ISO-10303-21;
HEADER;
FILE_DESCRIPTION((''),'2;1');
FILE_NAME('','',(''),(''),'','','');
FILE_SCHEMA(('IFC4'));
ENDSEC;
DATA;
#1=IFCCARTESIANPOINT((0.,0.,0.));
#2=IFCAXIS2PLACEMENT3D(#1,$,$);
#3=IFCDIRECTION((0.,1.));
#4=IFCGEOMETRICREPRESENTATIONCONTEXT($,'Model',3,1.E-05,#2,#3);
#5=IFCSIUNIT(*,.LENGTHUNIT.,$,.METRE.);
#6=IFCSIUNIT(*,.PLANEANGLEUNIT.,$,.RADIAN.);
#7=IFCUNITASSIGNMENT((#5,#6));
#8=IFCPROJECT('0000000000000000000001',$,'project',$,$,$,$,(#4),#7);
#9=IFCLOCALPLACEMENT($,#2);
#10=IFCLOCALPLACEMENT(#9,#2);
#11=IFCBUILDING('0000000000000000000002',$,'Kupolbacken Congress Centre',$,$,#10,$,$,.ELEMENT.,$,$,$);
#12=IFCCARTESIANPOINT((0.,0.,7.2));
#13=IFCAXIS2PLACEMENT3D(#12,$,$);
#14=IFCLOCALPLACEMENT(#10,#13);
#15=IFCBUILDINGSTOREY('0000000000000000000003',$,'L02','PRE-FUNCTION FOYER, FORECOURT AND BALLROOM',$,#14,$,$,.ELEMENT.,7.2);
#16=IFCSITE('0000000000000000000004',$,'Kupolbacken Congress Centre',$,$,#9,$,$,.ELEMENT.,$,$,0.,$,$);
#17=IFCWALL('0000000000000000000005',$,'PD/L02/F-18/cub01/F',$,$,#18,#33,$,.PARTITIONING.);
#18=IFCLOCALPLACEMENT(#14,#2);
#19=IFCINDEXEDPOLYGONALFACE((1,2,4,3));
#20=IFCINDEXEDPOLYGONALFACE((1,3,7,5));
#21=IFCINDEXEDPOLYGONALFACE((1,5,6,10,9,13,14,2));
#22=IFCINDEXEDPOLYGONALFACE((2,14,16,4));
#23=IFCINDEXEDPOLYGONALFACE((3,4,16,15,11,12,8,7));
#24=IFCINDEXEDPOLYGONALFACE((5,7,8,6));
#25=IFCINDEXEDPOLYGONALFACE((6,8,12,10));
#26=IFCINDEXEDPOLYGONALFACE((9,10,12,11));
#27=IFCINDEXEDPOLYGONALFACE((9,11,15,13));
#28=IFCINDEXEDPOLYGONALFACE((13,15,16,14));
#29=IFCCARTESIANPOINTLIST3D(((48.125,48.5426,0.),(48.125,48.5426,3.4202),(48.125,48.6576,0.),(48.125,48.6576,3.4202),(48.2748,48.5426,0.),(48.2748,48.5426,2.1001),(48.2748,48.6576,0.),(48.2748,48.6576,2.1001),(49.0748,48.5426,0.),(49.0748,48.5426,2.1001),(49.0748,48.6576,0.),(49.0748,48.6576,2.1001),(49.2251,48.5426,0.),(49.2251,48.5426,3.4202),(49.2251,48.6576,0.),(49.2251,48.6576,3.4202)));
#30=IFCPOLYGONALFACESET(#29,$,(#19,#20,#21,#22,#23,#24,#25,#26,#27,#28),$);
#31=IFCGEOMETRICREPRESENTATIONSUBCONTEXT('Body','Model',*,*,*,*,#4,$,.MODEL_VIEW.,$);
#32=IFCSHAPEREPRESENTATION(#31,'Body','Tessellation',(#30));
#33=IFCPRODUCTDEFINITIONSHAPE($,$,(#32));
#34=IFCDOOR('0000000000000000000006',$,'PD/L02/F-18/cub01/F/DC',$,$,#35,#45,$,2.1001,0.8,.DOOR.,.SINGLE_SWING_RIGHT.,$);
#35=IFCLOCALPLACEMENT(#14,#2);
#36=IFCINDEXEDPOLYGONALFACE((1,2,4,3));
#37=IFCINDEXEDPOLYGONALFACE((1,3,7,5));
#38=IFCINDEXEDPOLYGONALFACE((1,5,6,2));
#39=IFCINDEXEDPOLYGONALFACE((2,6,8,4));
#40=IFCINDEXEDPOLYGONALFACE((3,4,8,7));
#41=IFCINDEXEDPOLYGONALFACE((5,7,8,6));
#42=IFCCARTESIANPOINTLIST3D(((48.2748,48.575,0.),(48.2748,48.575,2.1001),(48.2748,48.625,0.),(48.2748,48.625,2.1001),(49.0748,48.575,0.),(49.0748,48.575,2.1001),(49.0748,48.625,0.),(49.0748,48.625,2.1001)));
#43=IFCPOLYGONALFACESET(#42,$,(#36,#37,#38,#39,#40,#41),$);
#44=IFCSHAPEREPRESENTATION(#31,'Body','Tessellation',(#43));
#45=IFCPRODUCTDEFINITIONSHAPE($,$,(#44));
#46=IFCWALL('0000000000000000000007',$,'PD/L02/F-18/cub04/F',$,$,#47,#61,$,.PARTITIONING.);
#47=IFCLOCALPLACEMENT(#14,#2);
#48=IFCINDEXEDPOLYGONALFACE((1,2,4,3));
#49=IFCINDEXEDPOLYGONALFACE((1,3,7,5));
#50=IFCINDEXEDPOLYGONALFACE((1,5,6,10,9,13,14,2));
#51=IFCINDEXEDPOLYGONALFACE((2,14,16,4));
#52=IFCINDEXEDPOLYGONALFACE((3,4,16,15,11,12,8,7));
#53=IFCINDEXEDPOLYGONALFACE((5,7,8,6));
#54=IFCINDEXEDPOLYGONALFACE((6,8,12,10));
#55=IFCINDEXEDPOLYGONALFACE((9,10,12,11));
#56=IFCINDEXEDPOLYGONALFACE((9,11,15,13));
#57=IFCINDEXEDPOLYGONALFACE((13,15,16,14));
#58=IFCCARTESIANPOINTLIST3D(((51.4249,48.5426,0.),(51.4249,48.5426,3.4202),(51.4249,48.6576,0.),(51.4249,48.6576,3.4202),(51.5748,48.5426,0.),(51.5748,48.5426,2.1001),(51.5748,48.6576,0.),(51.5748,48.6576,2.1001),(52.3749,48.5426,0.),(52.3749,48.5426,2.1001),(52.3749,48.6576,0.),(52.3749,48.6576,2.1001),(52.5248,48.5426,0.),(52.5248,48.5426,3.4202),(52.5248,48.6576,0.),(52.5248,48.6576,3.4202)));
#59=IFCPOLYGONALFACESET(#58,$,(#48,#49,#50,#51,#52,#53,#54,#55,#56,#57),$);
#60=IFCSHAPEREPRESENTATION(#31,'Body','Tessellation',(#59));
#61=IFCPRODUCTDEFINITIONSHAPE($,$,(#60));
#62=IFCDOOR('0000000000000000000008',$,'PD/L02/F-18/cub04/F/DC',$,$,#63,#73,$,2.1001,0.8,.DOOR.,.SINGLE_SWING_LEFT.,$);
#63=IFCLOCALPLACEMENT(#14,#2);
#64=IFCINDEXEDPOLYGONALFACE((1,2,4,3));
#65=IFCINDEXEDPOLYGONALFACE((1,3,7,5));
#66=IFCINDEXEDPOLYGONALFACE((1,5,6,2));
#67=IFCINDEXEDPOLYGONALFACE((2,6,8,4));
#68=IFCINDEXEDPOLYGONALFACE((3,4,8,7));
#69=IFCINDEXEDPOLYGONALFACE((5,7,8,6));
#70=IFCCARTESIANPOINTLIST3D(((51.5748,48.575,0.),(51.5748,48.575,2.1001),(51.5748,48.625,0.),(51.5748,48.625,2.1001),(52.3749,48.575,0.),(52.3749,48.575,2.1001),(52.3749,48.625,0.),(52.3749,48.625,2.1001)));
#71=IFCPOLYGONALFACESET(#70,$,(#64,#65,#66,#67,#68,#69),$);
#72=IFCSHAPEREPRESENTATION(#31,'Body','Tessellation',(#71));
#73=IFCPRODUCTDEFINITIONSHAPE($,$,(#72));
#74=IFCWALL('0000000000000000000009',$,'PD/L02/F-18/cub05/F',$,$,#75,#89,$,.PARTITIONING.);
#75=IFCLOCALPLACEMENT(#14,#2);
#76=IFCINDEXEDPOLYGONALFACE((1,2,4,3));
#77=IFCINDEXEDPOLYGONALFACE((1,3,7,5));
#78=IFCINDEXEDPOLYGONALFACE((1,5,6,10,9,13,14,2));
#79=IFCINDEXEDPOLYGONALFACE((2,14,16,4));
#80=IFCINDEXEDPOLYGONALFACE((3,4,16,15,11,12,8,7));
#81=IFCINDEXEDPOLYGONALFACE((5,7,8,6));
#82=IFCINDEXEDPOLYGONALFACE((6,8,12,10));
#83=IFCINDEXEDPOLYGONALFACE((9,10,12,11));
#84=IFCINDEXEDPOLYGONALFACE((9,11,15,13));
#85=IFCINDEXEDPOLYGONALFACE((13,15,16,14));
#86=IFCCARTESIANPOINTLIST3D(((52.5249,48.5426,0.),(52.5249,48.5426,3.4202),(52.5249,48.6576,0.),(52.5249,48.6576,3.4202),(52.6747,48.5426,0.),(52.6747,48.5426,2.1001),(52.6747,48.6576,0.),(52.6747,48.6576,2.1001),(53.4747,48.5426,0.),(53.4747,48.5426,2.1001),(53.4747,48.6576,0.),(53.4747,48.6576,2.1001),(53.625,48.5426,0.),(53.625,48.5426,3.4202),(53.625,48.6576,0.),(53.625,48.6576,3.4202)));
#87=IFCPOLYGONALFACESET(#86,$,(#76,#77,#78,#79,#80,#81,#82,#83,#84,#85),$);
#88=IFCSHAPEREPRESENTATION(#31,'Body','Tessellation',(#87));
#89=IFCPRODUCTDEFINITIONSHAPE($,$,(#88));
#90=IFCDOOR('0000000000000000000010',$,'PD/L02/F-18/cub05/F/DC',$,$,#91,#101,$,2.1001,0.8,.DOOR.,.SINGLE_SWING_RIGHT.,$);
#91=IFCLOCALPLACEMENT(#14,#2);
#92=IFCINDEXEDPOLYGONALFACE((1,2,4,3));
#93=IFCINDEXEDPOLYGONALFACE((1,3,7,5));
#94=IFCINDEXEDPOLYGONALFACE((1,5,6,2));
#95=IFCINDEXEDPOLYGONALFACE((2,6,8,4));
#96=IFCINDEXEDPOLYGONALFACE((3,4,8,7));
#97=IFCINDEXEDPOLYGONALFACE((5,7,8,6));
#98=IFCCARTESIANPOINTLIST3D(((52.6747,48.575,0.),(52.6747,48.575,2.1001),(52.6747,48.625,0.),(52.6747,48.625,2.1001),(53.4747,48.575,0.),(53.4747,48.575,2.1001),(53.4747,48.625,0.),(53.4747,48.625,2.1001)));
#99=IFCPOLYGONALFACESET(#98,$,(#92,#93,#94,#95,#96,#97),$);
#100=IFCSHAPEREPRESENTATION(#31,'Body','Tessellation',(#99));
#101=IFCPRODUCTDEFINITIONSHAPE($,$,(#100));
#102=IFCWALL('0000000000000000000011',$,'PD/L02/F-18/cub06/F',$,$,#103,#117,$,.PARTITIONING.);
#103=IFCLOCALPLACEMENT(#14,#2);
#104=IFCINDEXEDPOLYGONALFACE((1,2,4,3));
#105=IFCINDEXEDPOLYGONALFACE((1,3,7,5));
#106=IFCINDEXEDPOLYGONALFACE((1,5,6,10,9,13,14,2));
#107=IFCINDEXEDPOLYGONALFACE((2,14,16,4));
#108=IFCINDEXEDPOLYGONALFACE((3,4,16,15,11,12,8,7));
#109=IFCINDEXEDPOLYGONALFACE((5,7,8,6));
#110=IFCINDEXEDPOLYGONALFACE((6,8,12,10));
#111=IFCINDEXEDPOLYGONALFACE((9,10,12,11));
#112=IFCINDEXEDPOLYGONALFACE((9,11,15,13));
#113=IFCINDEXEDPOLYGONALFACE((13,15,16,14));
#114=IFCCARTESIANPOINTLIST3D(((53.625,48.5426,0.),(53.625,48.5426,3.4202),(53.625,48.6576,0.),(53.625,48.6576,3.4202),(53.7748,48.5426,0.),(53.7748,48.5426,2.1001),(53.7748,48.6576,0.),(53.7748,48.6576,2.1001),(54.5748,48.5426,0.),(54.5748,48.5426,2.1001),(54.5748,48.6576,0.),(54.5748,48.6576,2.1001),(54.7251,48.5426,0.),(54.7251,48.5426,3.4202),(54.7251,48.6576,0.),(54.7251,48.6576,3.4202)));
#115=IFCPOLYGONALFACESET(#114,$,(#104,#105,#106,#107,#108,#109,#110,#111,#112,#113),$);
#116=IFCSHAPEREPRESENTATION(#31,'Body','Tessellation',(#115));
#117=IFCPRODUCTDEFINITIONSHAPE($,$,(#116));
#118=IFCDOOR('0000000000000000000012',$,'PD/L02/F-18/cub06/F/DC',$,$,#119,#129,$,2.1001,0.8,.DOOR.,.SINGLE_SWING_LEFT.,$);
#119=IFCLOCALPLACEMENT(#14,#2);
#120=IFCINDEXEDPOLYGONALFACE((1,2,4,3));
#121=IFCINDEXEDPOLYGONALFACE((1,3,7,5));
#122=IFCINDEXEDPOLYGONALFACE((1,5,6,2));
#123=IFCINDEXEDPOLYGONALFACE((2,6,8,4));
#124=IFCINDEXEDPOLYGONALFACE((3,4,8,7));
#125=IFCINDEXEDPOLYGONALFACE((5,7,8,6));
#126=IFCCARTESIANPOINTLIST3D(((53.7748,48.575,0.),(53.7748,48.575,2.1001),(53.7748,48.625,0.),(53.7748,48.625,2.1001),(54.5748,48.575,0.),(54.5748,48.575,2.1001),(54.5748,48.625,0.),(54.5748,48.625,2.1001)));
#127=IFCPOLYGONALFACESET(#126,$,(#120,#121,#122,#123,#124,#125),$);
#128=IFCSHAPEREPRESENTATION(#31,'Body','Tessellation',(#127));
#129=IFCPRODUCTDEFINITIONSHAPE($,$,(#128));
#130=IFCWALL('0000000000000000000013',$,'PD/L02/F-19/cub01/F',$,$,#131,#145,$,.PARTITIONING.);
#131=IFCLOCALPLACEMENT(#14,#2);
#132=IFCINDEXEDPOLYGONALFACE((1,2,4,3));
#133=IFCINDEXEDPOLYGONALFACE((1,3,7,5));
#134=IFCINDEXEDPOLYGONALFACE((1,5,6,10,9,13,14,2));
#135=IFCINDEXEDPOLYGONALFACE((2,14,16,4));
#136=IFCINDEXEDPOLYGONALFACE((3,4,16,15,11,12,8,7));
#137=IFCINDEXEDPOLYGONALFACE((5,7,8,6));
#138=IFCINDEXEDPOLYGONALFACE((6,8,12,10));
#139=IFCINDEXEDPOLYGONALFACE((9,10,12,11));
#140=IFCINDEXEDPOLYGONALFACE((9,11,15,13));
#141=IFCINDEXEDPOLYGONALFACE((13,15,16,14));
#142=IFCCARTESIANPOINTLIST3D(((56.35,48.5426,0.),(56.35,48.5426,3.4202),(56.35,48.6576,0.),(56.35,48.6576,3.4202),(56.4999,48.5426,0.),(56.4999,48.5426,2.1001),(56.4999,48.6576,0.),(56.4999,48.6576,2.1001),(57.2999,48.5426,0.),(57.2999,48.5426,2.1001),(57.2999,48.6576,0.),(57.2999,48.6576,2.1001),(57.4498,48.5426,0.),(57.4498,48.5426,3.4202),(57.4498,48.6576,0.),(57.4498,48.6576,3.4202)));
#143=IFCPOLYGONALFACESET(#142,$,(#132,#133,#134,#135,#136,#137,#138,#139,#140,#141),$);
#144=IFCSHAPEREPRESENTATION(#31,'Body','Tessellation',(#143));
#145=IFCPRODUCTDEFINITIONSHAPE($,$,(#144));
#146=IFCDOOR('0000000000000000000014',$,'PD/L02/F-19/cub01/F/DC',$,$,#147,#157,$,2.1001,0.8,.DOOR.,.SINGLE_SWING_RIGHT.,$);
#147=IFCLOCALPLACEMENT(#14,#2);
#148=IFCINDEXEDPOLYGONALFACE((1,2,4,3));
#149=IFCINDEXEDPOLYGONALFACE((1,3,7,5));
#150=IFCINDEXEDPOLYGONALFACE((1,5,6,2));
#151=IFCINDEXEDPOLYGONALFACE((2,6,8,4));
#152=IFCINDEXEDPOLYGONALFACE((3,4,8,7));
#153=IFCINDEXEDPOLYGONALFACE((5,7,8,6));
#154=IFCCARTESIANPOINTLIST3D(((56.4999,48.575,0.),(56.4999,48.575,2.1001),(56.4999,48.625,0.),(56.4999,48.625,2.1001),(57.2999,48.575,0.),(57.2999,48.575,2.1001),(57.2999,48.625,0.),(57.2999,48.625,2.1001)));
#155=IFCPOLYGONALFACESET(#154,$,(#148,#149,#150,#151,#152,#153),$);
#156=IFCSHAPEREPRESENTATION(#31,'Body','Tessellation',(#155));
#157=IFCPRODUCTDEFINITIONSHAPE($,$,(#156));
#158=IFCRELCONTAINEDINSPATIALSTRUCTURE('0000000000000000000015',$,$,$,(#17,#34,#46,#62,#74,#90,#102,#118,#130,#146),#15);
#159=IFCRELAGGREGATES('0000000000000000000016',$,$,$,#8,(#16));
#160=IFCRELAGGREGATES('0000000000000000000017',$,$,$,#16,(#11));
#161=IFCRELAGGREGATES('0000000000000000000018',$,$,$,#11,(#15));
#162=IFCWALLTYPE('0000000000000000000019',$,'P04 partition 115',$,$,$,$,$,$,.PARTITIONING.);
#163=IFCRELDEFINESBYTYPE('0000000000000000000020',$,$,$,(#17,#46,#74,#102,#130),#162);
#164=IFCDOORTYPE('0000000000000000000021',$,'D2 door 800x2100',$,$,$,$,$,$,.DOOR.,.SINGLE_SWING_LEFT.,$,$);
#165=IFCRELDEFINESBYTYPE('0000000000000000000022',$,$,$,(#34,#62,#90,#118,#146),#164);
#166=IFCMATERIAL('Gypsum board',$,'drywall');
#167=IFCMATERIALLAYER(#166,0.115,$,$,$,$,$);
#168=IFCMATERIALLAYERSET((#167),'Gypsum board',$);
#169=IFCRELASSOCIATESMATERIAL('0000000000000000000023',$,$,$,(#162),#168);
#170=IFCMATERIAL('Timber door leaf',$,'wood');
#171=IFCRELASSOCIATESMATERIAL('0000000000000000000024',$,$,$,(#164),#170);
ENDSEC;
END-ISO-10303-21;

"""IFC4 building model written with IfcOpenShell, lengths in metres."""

from ifc_helpers import new_model, si_unit, direction, frame, frame_2d, origin, place, context, subcontext, project, spatial, rectangle, extrude, material, layer, layer_set, type_object, element, fill, save


model = new_model("IFC4")

# Units and contexts
model_context = context("Model", 3, precision=1e-05, world=origin(), true_north=direction((0.0, 1.0)))
body_context = subcontext(model_context, "Body", "Model", "MODEL_VIEW")
ifc_project = project(units=[si_unit("LENGTHUNIT", "METRE"), si_unit("PLANEANGLEUNIT", "RADIAN")], contexts=[model_context])

# Site, building, storey
site_placement = place(None, origin())
site = spatial("IfcSite", under=ifc_project, at=site_placement, Name="Kupolbacken Congress Centre", CompositionType="ELEMENT", RefElevation=0.0)
building_placement = place(site_placement, origin())
building = spatial("IfcBuilding", under=site, at=building_placement, Name="Kupolbacken Congress Centre", CompositionType="ELEMENT")
storey_placement = place(building_placement, frame((0.0, 0.0, 7.2)))
storey = spatial("IfcBuildingStorey", under=building, at=storey_placement, Name="L02", Description="PRE-FUNCTION FOYER, FORECOURT AND BALLROOM", CompositionType="ELEMENT", Elevation=7.2)

# Walls, openings, doors
ifc_material_1 = material(Name="Gypsum board", Category="drywall")
ifc_layer_1 = layer(ifc_material_1, 0.115)
ifc_layer_set_1 = layer_set([ifc_layer_1], Name="Gypsum board")
wall_type_1 = type_object("IfcWallType", Name="P04 partition 115", PredefinedType="PARTITIONING", material=ifc_layer_set_1)
wall_1_placement = place(storey_placement, frame((48.125, 48.6001, 0.0), z_axis=(0.0, 0.0, 1.0), x_axis=(1.0, 0.0, 0.0)))
wall_1 = element("IfcWall", 1, at=wall_1_placement, inside=storey, type_object=wall_type_1, Name="PD/L02/F-18/cub01/F", PredefinedType="PARTITIONING", context=body_context, shape_type="SweptSolid", body=[
    extrude(rectangle(XDim=1.1001, YDim=0.115, at=frame_2d((0.55, 0.0))), origin(), (0.0, 0.0, 1.0), 3.4202),
])
opening_1_placement = place(wall_1_placement, frame((0.1499, 0.0, 0.0)))
opening_1 = element("IfcOpeningElement", 2, at=opening_1_placement, cuts=wall_1, PredefinedType="OPENING", context=body_context, shape_type="SweptSolid", body=[
    extrude(rectangle(XDim=0.8, YDim=2.1001, at=frame_2d((0.3999, 1.05))), frame((0.0, 0.0674, 0.0), z_axis=(0.0, -1.0, 0.0), x_axis=(1.0, 0.0, 0.0)), (0.0, 0.0, 1.0), 0.135),
])
ifc_material_2 = material(Name="Timber door leaf", Category="wood")
door_type_1 = type_object("IfcDoorType", Name="D2 door 800x2100", OperationType="SINGLE_SWING_LEFT", PredefinedType="DOOR", material=ifc_material_2)
door_1_placement = place(opening_1_placement, origin())
door_1 = element("IfcDoor", 3, at=door_1_placement, inside=storey, type_object=door_type_1, Name="PD/L02/F-18/cub01/F/DC", OperationType="SINGLE_SWING_RIGHT", OverallHeight=2.1001, OverallWidth=0.8, PredefinedType="DOOR", context=body_context, shape_type="SweptSolid", body=[
    extrude(rectangle(XDim=0.8, YDim=2.1001, at=frame_2d((0.3999, 1.05))), frame((0.0, 0.0249, 0.0), z_axis=(0.0, -1.0, 0.0), x_axis=(1.0, 0.0, 0.0)), (0.0, 0.0, 1.0), 0.05),
])
fill(opening_1, door_1)
wall_2_placement = place(storey_placement, frame((51.425, 48.6001, 0.0), z_axis=(0.0, 0.0, 1.0), x_axis=(1.0, 0.0, 0.0)))
wall_2 = element("IfcWall", 4, at=wall_2_placement, inside=storey, type_object=wall_type_1, Name="PD/L02/F-18/cub04/F", PredefinedType="PARTITIONING", context=body_context, shape_type="SweptSolid", body=[
    extrude(rectangle(XDim=1.0999, YDim=0.115, at=frame_2d((0.5498, 0.0))), origin(), (0.0, 0.0, 1.0), 3.4202),
])
opening_2_placement = place(wall_2_placement, frame((0.1499, 0.0, 0.0)))
opening_2 = element("IfcOpeningElement", 5, at=opening_2_placement, cuts=wall_2, PredefinedType="OPENING", context=body_context, shape_type="SweptSolid", body=[
    extrude(rectangle(XDim=0.8, YDim=2.1001, at=frame_2d((0.3999, 1.05))), frame((0.0, 0.0674, 0.0), z_axis=(0.0, -1.0, 0.0), x_axis=(1.0, 0.0, 0.0)), (0.0, 0.0, 1.0), 0.135),
])
door_2_placement = place(opening_2_placement, origin())
door_2 = element("IfcDoor", 6, at=door_2_placement, inside=storey, type_object=door_type_1, Name="PD/L02/F-18/cub04/F/DC", OperationType="SINGLE_SWING_LEFT", OverallHeight=2.1001, OverallWidth=0.8, PredefinedType="DOOR", context=body_context, shape_type="SweptSolid", body=[
    extrude(rectangle(XDim=0.8, YDim=2.1001, at=frame_2d((0.3999, 1.05))), frame((0.0, 0.0249, 0.0), z_axis=(0.0, -1.0, 0.0), x_axis=(1.0, 0.0, 0.0)), (0.0, 0.0, 1.0), 0.05),
])
fill(opening_2, door_2)
wall_3_placement = place(storey_placement, frame((52.5249, 48.6001, 0.0), z_axis=(0.0, 0.0, 1.0), x_axis=(1.0, 0.0, 0.0)))
wall_3 = element("IfcWall", 7, at=wall_3_placement, inside=storey, type_object=wall_type_1, Name="PD/L02/F-18/cub05/F", PredefinedType="PARTITIONING", context=body_context, shape_type="SweptSolid", body=[
    extrude(rectangle(XDim=1.1001, YDim=0.115, at=frame_2d((0.55, 0.0))), origin(), (0.0, 0.0, 1.0), 3.4202),
])
opening_3_placement = place(wall_3_placement, frame((0.1499, 0.0, 0.0)))
opening_3 = element("IfcOpeningElement", 8, at=opening_3_placement, cuts=wall_3, PredefinedType="OPENING", context=body_context, shape_type="SweptSolid", body=[
    extrude(rectangle(XDim=0.8, YDim=2.1001, at=frame_2d((0.3999, 1.05))), frame((0.0, 0.0674, 0.0), z_axis=(0.0, -1.0, 0.0), x_axis=(1.0, 0.0, 0.0)), (0.0, 0.0, 1.0), 0.135),
])
door_3_placement = place(opening_3_placement, origin())
door_3 = element("IfcDoor", 9, at=door_3_placement, inside=storey, type_object=door_type_1, Name="PD/L02/F-18/cub05/F/DC", OperationType="SINGLE_SWING_RIGHT", OverallHeight=2.1001, OverallWidth=0.8, PredefinedType="DOOR", context=body_context, shape_type="SweptSolid", body=[
    extrude(rectangle(XDim=0.8, YDim=2.1001, at=frame_2d((0.3999, 1.05))), frame((0.0, 0.0249, 0.0), z_axis=(0.0, -1.0, 0.0), x_axis=(1.0, 0.0, 0.0)), (0.0, 0.0, 1.0), 0.05),
])
fill(opening_3, door_3)
wall_4_placement = place(storey_placement, frame((53.625, 48.6001, 0.0), z_axis=(0.0, 0.0, 1.0), x_axis=(1.0, 0.0, 0.0)))
wall_4 = element("IfcWall", 10, at=wall_4_placement, inside=storey, type_object=wall_type_1, Name="PD/L02/F-18/cub06/F", PredefinedType="PARTITIONING", context=body_context, shape_type="SweptSolid", body=[
    extrude(rectangle(XDim=1.1001, YDim=0.115, at=frame_2d((0.55, 0.0))), origin(), (0.0, 0.0, 1.0), 3.4202),
])
opening_4_placement = place(wall_4_placement, frame((0.1499, 0.0, 0.0)))
opening_4 = element("IfcOpeningElement", 11, at=opening_4_placement, cuts=wall_4, PredefinedType="OPENING", context=body_context, shape_type="SweptSolid", body=[
    extrude(rectangle(XDim=0.8, YDim=2.1001, at=frame_2d((0.3999, 1.05))), frame((0.0, 0.0674, 0.0), z_axis=(0.0, -1.0, 0.0), x_axis=(1.0, 0.0, 0.0)), (0.0, 0.0, 1.0), 0.135),
])
door_4_placement = place(opening_4_placement, origin())
door_4 = element("IfcDoor", 12, at=door_4_placement, inside=storey, type_object=door_type_1, Name="PD/L02/F-18/cub06/F/DC", OperationType="SINGLE_SWING_LEFT", OverallHeight=2.1001, OverallWidth=0.8, PredefinedType="DOOR", context=body_context, shape_type="SweptSolid", body=[
    extrude(rectangle(XDim=0.8, YDim=2.1001, at=frame_2d((0.3999, 1.05))), frame((0.0, 0.0249, 0.0), z_axis=(0.0, -1.0, 0.0), x_axis=(1.0, 0.0, 0.0)), (0.0, 0.0, 1.0), 0.05),
])
fill(opening_4, door_4)
wall_5_placement = place(storey_placement, frame((56.3501, 48.6001, 0.0), z_axis=(0.0, 0.0, 1.0), x_axis=(1.0, 0.0, 0.0)))
wall_5 = element("IfcWall", 13, at=wall_5_placement, inside=storey, type_object=wall_type_1, Name="PD/L02/F-19/cub01/F", PredefinedType="PARTITIONING", context=body_context, shape_type="SweptSolid", body=[
    extrude(rectangle(XDim=1.0999, YDim=0.115, at=frame_2d((0.5498, 0.0))), origin(), (0.0, 0.0, 1.0), 3.4202),
])
opening_5_placement = place(wall_5_placement, frame((0.1499, 0.0, 0.0)))
opening_5 = element("IfcOpeningElement", 14, at=opening_5_placement, cuts=wall_5, PredefinedType="OPENING", context=body_context, shape_type="SweptSolid", body=[
    extrude(rectangle(XDim=0.8, YDim=2.1001, at=frame_2d((0.3999, 1.05))), frame((0.0, 0.0674, 0.0), z_axis=(0.0, -1.0, 0.0), x_axis=(1.0, 0.0, 0.0)), (0.0, 0.0, 1.0), 0.135),
])
door_5_placement = place(opening_5_placement, origin())
door_5 = element("IfcDoor", 15, at=door_5_placement, inside=storey, type_object=door_type_1, Name="PD/L02/F-19/cub01/F/DC", OperationType="SINGLE_SWING_RIGHT", OverallHeight=2.1001, OverallWidth=0.8, PredefinedType="DOOR", context=body_context, shape_type="SweptSolid", body=[
    extrude(rectangle(XDim=0.8, YDim=2.1001, at=frame_2d((0.3999, 1.05))), frame((0.0, 0.0249, 0.0), z_axis=(0.0, -1.0, 0.0), x_axis=(1.0, 0.0, 0.0)), (0.0, 0.0, 1.0), 0.05),
])
fill(opening_5, door_5)

save(model, "model.ifc")
